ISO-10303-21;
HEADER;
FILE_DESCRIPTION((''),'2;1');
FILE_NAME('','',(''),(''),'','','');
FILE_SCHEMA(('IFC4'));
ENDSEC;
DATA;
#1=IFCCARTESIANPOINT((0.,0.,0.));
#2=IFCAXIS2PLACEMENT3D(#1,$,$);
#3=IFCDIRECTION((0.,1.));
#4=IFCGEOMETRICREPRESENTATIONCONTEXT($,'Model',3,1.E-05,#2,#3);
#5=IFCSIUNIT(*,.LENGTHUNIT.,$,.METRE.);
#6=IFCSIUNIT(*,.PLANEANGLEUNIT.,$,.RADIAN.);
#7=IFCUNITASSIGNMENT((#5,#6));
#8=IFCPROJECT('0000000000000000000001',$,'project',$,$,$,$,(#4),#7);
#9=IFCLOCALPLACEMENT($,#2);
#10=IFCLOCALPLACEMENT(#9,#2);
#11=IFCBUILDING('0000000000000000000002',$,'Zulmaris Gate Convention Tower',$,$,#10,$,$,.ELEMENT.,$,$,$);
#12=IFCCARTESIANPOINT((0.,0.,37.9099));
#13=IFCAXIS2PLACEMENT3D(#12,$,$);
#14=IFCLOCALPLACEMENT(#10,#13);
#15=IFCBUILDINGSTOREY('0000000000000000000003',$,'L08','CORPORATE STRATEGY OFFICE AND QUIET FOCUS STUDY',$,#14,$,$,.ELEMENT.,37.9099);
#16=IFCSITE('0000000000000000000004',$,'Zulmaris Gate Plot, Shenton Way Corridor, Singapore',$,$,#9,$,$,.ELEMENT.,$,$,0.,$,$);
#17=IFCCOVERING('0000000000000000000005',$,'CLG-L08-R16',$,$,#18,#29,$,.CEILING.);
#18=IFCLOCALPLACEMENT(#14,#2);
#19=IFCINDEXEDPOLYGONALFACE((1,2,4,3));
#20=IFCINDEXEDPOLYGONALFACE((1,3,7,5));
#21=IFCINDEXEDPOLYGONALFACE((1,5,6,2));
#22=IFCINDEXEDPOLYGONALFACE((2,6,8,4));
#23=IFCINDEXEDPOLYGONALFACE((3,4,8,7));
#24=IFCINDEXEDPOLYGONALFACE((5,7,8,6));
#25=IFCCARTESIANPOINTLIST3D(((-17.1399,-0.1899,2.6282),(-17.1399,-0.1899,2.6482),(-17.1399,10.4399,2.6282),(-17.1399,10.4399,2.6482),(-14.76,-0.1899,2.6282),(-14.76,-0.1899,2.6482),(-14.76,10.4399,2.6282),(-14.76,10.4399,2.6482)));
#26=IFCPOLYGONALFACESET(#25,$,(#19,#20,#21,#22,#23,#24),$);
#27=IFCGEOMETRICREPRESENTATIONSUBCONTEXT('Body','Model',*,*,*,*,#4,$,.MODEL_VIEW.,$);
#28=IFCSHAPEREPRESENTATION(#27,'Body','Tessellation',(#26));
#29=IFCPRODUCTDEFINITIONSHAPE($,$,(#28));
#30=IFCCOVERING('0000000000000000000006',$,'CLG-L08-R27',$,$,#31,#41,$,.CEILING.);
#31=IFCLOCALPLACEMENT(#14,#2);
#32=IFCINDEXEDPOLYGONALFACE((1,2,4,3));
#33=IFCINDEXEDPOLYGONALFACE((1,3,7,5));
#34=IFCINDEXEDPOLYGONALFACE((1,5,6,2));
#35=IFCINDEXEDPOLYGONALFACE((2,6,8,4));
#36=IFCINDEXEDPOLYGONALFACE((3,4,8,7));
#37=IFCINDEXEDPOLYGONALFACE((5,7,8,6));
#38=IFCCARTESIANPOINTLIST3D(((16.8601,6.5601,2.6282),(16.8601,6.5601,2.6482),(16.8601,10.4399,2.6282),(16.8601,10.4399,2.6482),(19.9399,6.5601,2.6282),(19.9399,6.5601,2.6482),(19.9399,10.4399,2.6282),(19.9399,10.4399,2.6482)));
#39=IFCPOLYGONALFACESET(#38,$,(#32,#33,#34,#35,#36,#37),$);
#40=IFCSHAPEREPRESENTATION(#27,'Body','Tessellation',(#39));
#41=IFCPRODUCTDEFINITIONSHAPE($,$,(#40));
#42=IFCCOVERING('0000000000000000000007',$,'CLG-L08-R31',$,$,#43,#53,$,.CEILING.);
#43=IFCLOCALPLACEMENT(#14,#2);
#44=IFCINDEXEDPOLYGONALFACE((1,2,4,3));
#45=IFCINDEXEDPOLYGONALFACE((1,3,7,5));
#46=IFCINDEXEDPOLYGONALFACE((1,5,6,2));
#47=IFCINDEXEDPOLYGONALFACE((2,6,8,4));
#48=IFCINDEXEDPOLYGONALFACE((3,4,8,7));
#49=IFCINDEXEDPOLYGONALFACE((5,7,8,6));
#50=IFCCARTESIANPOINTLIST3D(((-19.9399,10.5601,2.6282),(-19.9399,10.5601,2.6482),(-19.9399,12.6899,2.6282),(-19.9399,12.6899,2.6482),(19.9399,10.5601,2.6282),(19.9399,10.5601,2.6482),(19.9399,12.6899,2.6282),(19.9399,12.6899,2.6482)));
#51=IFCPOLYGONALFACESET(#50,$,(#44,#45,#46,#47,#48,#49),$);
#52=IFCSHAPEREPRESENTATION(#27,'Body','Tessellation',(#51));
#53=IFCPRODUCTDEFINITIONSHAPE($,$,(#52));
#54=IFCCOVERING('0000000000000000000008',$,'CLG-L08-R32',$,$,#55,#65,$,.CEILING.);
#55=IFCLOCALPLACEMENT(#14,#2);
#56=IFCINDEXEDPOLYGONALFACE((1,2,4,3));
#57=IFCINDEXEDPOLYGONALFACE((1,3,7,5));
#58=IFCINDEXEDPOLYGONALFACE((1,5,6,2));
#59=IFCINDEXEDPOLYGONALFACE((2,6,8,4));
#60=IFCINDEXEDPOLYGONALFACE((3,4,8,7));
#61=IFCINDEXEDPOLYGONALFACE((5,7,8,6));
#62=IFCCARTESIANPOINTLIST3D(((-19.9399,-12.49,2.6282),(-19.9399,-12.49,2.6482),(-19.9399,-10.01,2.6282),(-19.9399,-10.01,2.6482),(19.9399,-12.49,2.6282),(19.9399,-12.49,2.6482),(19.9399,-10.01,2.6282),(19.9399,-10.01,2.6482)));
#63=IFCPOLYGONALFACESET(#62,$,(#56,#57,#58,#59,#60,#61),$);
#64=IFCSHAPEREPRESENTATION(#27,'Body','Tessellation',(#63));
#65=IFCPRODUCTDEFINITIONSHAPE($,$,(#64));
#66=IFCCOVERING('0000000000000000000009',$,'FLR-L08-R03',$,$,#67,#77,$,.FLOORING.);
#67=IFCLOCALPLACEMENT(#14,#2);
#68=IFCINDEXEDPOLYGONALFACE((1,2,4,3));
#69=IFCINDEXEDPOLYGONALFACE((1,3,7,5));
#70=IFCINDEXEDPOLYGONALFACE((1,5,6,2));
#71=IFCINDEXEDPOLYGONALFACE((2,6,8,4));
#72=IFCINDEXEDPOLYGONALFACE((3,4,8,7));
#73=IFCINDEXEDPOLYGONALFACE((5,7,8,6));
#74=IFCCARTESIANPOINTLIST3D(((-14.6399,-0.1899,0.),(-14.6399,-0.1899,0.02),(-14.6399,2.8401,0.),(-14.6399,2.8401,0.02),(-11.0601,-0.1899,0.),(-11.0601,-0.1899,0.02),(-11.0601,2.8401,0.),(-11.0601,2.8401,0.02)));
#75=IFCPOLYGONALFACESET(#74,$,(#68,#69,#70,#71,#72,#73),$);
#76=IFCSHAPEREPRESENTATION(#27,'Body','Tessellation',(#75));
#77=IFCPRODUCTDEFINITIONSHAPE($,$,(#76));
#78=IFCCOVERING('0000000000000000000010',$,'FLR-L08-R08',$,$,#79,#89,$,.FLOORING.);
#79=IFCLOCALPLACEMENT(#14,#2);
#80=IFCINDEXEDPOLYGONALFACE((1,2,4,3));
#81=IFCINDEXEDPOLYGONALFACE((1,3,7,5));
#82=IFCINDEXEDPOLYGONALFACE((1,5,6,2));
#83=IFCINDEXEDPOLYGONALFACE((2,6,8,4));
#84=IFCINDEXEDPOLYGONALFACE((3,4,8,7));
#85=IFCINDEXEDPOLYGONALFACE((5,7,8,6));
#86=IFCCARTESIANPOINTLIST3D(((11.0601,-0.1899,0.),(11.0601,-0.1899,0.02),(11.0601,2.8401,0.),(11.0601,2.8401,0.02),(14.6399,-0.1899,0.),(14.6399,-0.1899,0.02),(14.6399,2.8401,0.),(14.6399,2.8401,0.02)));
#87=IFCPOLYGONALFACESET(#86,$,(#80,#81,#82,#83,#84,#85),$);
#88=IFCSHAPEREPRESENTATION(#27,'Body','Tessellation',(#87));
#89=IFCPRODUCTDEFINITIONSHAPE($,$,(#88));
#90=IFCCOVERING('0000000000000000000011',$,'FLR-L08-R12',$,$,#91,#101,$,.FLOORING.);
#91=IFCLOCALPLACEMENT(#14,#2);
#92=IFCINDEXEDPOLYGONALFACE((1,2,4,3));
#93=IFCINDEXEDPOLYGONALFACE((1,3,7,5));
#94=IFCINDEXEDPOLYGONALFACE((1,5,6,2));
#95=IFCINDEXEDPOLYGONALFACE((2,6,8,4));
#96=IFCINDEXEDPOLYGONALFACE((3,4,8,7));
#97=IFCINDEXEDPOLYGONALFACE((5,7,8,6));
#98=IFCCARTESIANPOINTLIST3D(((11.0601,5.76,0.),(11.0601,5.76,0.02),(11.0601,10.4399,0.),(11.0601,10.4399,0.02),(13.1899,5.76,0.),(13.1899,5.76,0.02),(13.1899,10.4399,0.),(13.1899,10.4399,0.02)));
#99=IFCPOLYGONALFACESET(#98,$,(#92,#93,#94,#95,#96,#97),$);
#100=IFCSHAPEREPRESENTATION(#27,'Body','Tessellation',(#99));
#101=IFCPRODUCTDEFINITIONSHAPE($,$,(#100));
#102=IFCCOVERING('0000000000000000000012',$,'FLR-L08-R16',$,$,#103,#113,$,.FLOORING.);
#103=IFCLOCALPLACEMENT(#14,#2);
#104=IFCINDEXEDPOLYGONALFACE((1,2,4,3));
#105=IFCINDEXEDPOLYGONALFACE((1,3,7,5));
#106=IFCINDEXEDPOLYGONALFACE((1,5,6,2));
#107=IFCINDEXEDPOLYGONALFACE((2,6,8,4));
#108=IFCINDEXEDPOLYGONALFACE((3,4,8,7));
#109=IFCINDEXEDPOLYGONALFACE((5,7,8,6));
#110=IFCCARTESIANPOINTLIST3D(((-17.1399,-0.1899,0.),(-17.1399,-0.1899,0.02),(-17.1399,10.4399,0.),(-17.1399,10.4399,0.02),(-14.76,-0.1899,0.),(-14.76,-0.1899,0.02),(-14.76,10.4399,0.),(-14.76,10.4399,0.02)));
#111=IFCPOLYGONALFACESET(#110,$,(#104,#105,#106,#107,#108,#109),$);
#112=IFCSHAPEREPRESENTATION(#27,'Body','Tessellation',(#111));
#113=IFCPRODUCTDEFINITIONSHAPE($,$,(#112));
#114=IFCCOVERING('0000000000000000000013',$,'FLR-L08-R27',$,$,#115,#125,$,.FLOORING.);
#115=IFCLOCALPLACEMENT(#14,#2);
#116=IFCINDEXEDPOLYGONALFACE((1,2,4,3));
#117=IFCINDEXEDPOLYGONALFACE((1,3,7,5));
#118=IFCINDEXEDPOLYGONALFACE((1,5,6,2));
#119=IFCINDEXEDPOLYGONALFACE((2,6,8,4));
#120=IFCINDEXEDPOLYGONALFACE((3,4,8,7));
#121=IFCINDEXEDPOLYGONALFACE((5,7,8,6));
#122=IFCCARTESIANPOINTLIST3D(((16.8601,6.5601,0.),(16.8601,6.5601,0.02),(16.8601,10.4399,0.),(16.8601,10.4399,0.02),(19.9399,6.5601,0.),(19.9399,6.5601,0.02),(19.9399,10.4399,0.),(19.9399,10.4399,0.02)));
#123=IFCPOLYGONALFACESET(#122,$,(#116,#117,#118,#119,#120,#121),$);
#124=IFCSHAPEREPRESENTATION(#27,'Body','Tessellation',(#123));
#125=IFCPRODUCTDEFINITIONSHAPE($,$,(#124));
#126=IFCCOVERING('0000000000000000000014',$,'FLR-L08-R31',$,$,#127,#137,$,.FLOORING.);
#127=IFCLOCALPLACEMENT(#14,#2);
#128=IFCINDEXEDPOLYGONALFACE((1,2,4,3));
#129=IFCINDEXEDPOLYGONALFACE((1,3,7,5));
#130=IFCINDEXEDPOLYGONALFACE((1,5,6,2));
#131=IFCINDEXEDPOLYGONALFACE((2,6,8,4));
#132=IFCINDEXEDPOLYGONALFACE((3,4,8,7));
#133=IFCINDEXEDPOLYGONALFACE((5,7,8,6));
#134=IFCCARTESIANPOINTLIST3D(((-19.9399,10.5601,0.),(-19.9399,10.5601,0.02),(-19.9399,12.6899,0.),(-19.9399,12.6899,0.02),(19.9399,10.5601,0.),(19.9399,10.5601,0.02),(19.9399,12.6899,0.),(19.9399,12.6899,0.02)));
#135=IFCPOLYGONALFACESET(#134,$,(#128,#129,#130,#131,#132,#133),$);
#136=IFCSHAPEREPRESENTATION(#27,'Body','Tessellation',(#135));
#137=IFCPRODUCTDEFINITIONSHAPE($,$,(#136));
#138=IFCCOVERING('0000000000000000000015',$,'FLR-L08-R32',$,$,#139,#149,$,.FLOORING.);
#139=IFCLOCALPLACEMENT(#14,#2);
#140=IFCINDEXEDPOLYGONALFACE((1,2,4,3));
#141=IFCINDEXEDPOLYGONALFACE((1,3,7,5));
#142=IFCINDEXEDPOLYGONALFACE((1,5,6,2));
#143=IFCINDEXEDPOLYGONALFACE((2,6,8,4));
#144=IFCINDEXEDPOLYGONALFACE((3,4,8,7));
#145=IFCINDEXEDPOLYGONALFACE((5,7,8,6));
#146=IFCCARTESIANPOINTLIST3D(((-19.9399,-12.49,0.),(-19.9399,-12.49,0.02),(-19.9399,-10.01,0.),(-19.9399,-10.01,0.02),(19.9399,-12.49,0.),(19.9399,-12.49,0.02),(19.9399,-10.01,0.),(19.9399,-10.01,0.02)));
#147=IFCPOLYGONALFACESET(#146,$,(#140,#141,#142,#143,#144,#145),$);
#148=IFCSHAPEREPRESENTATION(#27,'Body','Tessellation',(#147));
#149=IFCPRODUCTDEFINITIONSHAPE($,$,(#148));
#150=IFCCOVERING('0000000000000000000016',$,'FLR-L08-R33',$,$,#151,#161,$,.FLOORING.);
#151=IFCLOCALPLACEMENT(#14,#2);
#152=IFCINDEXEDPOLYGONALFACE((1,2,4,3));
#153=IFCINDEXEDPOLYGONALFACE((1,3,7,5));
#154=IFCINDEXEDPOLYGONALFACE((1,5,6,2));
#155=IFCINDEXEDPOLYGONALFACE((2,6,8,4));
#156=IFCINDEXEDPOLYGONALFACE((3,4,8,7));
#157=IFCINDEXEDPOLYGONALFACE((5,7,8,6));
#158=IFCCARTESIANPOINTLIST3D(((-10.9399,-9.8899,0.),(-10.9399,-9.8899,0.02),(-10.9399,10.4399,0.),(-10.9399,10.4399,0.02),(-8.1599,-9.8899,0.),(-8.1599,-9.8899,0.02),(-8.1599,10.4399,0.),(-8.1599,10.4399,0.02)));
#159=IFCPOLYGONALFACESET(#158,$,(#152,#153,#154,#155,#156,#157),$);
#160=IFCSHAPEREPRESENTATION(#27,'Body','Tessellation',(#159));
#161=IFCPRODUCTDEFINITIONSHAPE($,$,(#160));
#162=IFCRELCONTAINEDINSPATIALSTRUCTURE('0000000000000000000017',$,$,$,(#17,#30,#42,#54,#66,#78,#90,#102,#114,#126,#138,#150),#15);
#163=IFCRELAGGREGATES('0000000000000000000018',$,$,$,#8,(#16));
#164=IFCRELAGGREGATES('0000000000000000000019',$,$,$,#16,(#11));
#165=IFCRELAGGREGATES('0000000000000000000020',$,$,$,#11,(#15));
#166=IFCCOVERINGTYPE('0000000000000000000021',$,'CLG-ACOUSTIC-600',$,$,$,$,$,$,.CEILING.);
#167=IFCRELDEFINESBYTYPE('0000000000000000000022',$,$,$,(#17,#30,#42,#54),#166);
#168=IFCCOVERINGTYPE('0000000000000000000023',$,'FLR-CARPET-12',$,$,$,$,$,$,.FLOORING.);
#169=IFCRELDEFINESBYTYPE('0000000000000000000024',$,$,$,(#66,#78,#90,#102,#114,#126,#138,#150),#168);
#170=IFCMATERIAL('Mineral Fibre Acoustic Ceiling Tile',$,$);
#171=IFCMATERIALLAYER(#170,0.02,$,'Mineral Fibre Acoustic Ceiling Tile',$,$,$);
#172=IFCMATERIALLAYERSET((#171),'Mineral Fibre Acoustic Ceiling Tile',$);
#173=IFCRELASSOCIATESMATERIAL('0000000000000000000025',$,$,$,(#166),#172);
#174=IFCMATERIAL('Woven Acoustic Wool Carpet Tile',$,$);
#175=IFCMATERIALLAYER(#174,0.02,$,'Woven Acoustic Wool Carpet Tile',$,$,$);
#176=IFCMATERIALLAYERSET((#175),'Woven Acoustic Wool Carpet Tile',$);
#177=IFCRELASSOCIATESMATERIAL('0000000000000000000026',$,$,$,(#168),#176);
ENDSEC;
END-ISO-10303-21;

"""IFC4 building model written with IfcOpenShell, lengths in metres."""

from ifc_helpers import new_model, si_unit, direction, frame, origin, place, context, subcontext, project, spatial, polyline, outline, extrude, material, layer, layer_set, type_object, element, save


model = new_model("IFC4")

# Units and contexts
model_context = context("Model", 3, precision=1e-05, world=origin(), true_north=direction((0.0, 1.0)))
body_context = subcontext(model_context, "Body", "Model", "MODEL_VIEW")
ifc_project = project(units=[si_unit("LENGTHUNIT", "METRE"), si_unit("PLANEANGLEUNIT", "RADIAN")], contexts=[model_context])

# Site, building, storey
site_placement = place(None, origin())
site = spatial("IfcSite", under=ifc_project, at=site_placement, Name="Zulmaris Gate Plot, Shenton Way Corridor, Singapore", CompositionType="ELEMENT", RefElevation=0.0)
building_placement = place(site_placement, origin())
building = spatial("IfcBuilding", under=site, at=building_placement, Name="Zulmaris Gate Convention Tower", CompositionType="ELEMENT")
storey_placement = place(building_placement, frame((0.0, 0.0, 37.9099)))
storey = spatial("IfcBuildingStorey", under=building, at=storey_placement, Name="L08", Description="CORPORATE STRATEGY OFFICE AND QUIET FOCUS STUDY", CompositionType="ELEMENT", Elevation=37.9099)

# Coverings
ifc_material_1 = material(Name="Mineral Fibre Acoustic Ceiling Tile")
ifc_layer_1 = layer(ifc_material_1, 0.02, Name="Mineral Fibre Acoustic Ceiling Tile")
ifc_layer_set_1 = layer_set([ifc_layer_1], Name="Mineral Fibre Acoustic Ceiling Tile")
covering_type_1 = type_object("IfcCoveringType", Name="CLG-ACOUSTIC-600", PredefinedType="CEILING", material=ifc_layer_set_1)
covering_1_placement = place(storey_placement, frame((0.0, 0.0, 2.6282)))
element("IfcCovering", 1, at=covering_1_placement, inside=storey, type_object=covering_type_1, Name="CLG-L08-R16", PredefinedType="CEILING", context=body_context, shape_type="SweptSolid", body=[
    extrude(outline(polyline([(-17.1399, -0.1899), (-14.76, -0.1899), (-14.76, 10.4399), (-17.1399, 10.4399), (-17.1399, -0.1899)])), origin(), (0.0, 0.0, 1.0), 0.02),
])
covering_2_placement = place(storey_placement, frame((0.0, 0.0, 2.6282)))
element("IfcCovering", 2, at=covering_2_placement, inside=storey, type_object=covering_type_1, Name="CLG-L08-R27", PredefinedType="CEILING", context=body_context, shape_type="SweptSolid", body=[
    extrude(outline(polyline([(16.8601, 6.5601), (19.9399, 6.5601), (19.9399, 10.4399), (16.8601, 10.4399), (16.8601, 6.5601)])), origin(), (0.0, 0.0, 1.0), 0.02),
])
covering_3_placement = place(storey_placement, frame((0.0, 0.0, 2.6282)))
element("IfcCovering", 3, at=covering_3_placement, inside=storey, type_object=covering_type_1, Name="CLG-L08-R31", PredefinedType="CEILING", context=body_context, shape_type="SweptSolid", body=[
    extrude(outline(polyline([(-19.9399, 10.5601), (19.9399, 10.5601), (19.9399, 12.6899), (-19.9399, 12.6899), (-19.9399, 10.5601)])), origin(), (0.0, 0.0, 1.0), 0.02),
])
covering_4_placement = place(storey_placement, frame((0.0, 0.0, 2.6282)))
element("IfcCovering", 4, at=covering_4_placement, inside=storey, type_object=covering_type_1, Name="CLG-L08-R32", PredefinedType="CEILING", context=body_context, shape_type="SweptSolid", body=[
    extrude(outline(polyline([(-19.9399, -12.49), (19.9399, -12.49), (19.9399, -10.01), (-19.9399, -10.01), (-19.9399, -12.49)])), origin(), (0.0, 0.0, 1.0), 0.02),
])
ifc_material_2 = material(Name="Woven Acoustic Wool Carpet Tile")
ifc_layer_2 = layer(ifc_material_2, 0.02, Name="Woven Acoustic Wool Carpet Tile")
ifc_layer_set_2 = layer_set([ifc_layer_2], Name="Woven Acoustic Wool Carpet Tile")
covering_type_2 = type_object("IfcCoveringType", Name="FLR-CARPET-12", PredefinedType="FLOORING", material=ifc_layer_set_2)
covering_5_placement = place(storey_placement, origin())
element("IfcCovering", 5, at=covering_5_placement, inside=storey, type_object=covering_type_2, Name="FLR-L08-R03", PredefinedType="FLOORING", context=body_context, shape_type="SweptSolid", body=[
    extrude(outline(polyline([(-14.6399, -0.1899), (-11.0601, -0.1899), (-11.0601, 2.8401), (-14.6399, 2.8401), (-14.6399, -0.1899)])), origin(), (0.0, 0.0, 1.0), 0.02),
])
covering_6_placement = place(storey_placement, origin())
element("IfcCovering", 6, at=covering_6_placement, inside=storey, type_object=covering_type_2, Name="FLR-L08-R08", PredefinedType="FLOORING", context=body_context, shape_type="SweptSolid", body=[
    extrude(outline(polyline([(11.0601, -0.1899), (14.6399, -0.1899), (14.6399, 2.8401), (11.0601, 2.8401), (11.0601, -0.1899)])), origin(), (0.0, 0.0, 1.0), 0.02),
])
covering_7_placement = place(storey_placement, origin())
element("IfcCovering", 7, at=covering_7_placement, inside=storey, type_object=covering_type_2, Name="FLR-L08-R12", PredefinedType="FLOORING", context=body_context, shape_type="SweptSolid", body=[
    extrude(outline(polyline([(11.0601, 5.76), (13.1899, 5.76), (13.1899, 10.4399), (11.0601, 10.4399), (11.0601, 5.76)])), origin(), (0.0, 0.0, 1.0), 0.02),
])
covering_8_placement = place(storey_placement, origin())
element("IfcCovering", 8, at=covering_8_placement, inside=storey, type_object=covering_type_2, Name="FLR-L08-R16", PredefinedType="FLOORING", context=body_context, shape_type="SweptSolid", body=[
    extrude(outline(polyline([(-17.1399, -0.1899), (-14.76, -0.1899), (-14.76, 10.4399), (-17.1399, 10.4399), (-17.1399, -0.1899)])), origin(), (0.0, 0.0, 1.0), 0.02),
])
covering_9_placement = place(storey_placement, origin())
element("IfcCovering", 9, at=covering_9_placement, inside=storey, type_object=covering_type_2, Name="FLR-L08-R27", PredefinedType="FLOORING", context=body_context, shape_type="SweptSolid", body=[
    extrude(outline(polyline([(16.8601, 6.5601), (19.9399, 6.5601), (19.9399, 10.4399), (16.8601, 10.4399), (16.8601, 6.5601)])), origin(), (0.0, 0.0, 1.0), 0.02),
])
covering_10_placement = place(storey_placement, origin())
element("IfcCovering", 10, at=covering_10_placement, inside=storey, type_object=covering_type_2, Name="FLR-L08-R31", PredefinedType="FLOORING", context=body_context, shape_type="SweptSolid", body=[
    extrude(outline(polyline([(-19.9399, 10.5601), (19.9399, 10.5601), (19.9399, 12.6899), (-19.9399, 12.6899), (-19.9399, 10.5601)])), origin(), (0.0, 0.0, 1.0), 0.02),
])
covering_11_placement = place(storey_placement, origin())
element("IfcCovering", 11, at=covering_11_placement, inside=storey, type_object=covering_type_2, Name="FLR-L08-R32", PredefinedType="FLOORING", context=body_context, shape_type="SweptSolid", body=[
    extrude(outline(polyline([(-19.9399, -12.49), (19.9399, -12.49), (19.9399, -10.01), (-19.9399, -10.01), (-19.9399, -12.49)])), origin(), (0.0, 0.0, 1.0), 0.02),
])
covering_12_placement = place(storey_placement, origin())
element("IfcCovering", 12, at=covering_12_placement, inside=storey, type_object=covering_type_2, Name="FLR-L08-R33", PredefinedType="FLOORING", context=body_context, shape_type="SweptSolid", body=[
    extrude(outline(polyline([(-10.9399, -9.8899), (-8.1599, -9.8899), (-8.1599, 10.4399), (-10.9399, 10.4399), (-10.9399, -9.8899)])), origin(), (0.0, 0.0, 1.0), 0.02),
])

save(model, "model.ifc")
